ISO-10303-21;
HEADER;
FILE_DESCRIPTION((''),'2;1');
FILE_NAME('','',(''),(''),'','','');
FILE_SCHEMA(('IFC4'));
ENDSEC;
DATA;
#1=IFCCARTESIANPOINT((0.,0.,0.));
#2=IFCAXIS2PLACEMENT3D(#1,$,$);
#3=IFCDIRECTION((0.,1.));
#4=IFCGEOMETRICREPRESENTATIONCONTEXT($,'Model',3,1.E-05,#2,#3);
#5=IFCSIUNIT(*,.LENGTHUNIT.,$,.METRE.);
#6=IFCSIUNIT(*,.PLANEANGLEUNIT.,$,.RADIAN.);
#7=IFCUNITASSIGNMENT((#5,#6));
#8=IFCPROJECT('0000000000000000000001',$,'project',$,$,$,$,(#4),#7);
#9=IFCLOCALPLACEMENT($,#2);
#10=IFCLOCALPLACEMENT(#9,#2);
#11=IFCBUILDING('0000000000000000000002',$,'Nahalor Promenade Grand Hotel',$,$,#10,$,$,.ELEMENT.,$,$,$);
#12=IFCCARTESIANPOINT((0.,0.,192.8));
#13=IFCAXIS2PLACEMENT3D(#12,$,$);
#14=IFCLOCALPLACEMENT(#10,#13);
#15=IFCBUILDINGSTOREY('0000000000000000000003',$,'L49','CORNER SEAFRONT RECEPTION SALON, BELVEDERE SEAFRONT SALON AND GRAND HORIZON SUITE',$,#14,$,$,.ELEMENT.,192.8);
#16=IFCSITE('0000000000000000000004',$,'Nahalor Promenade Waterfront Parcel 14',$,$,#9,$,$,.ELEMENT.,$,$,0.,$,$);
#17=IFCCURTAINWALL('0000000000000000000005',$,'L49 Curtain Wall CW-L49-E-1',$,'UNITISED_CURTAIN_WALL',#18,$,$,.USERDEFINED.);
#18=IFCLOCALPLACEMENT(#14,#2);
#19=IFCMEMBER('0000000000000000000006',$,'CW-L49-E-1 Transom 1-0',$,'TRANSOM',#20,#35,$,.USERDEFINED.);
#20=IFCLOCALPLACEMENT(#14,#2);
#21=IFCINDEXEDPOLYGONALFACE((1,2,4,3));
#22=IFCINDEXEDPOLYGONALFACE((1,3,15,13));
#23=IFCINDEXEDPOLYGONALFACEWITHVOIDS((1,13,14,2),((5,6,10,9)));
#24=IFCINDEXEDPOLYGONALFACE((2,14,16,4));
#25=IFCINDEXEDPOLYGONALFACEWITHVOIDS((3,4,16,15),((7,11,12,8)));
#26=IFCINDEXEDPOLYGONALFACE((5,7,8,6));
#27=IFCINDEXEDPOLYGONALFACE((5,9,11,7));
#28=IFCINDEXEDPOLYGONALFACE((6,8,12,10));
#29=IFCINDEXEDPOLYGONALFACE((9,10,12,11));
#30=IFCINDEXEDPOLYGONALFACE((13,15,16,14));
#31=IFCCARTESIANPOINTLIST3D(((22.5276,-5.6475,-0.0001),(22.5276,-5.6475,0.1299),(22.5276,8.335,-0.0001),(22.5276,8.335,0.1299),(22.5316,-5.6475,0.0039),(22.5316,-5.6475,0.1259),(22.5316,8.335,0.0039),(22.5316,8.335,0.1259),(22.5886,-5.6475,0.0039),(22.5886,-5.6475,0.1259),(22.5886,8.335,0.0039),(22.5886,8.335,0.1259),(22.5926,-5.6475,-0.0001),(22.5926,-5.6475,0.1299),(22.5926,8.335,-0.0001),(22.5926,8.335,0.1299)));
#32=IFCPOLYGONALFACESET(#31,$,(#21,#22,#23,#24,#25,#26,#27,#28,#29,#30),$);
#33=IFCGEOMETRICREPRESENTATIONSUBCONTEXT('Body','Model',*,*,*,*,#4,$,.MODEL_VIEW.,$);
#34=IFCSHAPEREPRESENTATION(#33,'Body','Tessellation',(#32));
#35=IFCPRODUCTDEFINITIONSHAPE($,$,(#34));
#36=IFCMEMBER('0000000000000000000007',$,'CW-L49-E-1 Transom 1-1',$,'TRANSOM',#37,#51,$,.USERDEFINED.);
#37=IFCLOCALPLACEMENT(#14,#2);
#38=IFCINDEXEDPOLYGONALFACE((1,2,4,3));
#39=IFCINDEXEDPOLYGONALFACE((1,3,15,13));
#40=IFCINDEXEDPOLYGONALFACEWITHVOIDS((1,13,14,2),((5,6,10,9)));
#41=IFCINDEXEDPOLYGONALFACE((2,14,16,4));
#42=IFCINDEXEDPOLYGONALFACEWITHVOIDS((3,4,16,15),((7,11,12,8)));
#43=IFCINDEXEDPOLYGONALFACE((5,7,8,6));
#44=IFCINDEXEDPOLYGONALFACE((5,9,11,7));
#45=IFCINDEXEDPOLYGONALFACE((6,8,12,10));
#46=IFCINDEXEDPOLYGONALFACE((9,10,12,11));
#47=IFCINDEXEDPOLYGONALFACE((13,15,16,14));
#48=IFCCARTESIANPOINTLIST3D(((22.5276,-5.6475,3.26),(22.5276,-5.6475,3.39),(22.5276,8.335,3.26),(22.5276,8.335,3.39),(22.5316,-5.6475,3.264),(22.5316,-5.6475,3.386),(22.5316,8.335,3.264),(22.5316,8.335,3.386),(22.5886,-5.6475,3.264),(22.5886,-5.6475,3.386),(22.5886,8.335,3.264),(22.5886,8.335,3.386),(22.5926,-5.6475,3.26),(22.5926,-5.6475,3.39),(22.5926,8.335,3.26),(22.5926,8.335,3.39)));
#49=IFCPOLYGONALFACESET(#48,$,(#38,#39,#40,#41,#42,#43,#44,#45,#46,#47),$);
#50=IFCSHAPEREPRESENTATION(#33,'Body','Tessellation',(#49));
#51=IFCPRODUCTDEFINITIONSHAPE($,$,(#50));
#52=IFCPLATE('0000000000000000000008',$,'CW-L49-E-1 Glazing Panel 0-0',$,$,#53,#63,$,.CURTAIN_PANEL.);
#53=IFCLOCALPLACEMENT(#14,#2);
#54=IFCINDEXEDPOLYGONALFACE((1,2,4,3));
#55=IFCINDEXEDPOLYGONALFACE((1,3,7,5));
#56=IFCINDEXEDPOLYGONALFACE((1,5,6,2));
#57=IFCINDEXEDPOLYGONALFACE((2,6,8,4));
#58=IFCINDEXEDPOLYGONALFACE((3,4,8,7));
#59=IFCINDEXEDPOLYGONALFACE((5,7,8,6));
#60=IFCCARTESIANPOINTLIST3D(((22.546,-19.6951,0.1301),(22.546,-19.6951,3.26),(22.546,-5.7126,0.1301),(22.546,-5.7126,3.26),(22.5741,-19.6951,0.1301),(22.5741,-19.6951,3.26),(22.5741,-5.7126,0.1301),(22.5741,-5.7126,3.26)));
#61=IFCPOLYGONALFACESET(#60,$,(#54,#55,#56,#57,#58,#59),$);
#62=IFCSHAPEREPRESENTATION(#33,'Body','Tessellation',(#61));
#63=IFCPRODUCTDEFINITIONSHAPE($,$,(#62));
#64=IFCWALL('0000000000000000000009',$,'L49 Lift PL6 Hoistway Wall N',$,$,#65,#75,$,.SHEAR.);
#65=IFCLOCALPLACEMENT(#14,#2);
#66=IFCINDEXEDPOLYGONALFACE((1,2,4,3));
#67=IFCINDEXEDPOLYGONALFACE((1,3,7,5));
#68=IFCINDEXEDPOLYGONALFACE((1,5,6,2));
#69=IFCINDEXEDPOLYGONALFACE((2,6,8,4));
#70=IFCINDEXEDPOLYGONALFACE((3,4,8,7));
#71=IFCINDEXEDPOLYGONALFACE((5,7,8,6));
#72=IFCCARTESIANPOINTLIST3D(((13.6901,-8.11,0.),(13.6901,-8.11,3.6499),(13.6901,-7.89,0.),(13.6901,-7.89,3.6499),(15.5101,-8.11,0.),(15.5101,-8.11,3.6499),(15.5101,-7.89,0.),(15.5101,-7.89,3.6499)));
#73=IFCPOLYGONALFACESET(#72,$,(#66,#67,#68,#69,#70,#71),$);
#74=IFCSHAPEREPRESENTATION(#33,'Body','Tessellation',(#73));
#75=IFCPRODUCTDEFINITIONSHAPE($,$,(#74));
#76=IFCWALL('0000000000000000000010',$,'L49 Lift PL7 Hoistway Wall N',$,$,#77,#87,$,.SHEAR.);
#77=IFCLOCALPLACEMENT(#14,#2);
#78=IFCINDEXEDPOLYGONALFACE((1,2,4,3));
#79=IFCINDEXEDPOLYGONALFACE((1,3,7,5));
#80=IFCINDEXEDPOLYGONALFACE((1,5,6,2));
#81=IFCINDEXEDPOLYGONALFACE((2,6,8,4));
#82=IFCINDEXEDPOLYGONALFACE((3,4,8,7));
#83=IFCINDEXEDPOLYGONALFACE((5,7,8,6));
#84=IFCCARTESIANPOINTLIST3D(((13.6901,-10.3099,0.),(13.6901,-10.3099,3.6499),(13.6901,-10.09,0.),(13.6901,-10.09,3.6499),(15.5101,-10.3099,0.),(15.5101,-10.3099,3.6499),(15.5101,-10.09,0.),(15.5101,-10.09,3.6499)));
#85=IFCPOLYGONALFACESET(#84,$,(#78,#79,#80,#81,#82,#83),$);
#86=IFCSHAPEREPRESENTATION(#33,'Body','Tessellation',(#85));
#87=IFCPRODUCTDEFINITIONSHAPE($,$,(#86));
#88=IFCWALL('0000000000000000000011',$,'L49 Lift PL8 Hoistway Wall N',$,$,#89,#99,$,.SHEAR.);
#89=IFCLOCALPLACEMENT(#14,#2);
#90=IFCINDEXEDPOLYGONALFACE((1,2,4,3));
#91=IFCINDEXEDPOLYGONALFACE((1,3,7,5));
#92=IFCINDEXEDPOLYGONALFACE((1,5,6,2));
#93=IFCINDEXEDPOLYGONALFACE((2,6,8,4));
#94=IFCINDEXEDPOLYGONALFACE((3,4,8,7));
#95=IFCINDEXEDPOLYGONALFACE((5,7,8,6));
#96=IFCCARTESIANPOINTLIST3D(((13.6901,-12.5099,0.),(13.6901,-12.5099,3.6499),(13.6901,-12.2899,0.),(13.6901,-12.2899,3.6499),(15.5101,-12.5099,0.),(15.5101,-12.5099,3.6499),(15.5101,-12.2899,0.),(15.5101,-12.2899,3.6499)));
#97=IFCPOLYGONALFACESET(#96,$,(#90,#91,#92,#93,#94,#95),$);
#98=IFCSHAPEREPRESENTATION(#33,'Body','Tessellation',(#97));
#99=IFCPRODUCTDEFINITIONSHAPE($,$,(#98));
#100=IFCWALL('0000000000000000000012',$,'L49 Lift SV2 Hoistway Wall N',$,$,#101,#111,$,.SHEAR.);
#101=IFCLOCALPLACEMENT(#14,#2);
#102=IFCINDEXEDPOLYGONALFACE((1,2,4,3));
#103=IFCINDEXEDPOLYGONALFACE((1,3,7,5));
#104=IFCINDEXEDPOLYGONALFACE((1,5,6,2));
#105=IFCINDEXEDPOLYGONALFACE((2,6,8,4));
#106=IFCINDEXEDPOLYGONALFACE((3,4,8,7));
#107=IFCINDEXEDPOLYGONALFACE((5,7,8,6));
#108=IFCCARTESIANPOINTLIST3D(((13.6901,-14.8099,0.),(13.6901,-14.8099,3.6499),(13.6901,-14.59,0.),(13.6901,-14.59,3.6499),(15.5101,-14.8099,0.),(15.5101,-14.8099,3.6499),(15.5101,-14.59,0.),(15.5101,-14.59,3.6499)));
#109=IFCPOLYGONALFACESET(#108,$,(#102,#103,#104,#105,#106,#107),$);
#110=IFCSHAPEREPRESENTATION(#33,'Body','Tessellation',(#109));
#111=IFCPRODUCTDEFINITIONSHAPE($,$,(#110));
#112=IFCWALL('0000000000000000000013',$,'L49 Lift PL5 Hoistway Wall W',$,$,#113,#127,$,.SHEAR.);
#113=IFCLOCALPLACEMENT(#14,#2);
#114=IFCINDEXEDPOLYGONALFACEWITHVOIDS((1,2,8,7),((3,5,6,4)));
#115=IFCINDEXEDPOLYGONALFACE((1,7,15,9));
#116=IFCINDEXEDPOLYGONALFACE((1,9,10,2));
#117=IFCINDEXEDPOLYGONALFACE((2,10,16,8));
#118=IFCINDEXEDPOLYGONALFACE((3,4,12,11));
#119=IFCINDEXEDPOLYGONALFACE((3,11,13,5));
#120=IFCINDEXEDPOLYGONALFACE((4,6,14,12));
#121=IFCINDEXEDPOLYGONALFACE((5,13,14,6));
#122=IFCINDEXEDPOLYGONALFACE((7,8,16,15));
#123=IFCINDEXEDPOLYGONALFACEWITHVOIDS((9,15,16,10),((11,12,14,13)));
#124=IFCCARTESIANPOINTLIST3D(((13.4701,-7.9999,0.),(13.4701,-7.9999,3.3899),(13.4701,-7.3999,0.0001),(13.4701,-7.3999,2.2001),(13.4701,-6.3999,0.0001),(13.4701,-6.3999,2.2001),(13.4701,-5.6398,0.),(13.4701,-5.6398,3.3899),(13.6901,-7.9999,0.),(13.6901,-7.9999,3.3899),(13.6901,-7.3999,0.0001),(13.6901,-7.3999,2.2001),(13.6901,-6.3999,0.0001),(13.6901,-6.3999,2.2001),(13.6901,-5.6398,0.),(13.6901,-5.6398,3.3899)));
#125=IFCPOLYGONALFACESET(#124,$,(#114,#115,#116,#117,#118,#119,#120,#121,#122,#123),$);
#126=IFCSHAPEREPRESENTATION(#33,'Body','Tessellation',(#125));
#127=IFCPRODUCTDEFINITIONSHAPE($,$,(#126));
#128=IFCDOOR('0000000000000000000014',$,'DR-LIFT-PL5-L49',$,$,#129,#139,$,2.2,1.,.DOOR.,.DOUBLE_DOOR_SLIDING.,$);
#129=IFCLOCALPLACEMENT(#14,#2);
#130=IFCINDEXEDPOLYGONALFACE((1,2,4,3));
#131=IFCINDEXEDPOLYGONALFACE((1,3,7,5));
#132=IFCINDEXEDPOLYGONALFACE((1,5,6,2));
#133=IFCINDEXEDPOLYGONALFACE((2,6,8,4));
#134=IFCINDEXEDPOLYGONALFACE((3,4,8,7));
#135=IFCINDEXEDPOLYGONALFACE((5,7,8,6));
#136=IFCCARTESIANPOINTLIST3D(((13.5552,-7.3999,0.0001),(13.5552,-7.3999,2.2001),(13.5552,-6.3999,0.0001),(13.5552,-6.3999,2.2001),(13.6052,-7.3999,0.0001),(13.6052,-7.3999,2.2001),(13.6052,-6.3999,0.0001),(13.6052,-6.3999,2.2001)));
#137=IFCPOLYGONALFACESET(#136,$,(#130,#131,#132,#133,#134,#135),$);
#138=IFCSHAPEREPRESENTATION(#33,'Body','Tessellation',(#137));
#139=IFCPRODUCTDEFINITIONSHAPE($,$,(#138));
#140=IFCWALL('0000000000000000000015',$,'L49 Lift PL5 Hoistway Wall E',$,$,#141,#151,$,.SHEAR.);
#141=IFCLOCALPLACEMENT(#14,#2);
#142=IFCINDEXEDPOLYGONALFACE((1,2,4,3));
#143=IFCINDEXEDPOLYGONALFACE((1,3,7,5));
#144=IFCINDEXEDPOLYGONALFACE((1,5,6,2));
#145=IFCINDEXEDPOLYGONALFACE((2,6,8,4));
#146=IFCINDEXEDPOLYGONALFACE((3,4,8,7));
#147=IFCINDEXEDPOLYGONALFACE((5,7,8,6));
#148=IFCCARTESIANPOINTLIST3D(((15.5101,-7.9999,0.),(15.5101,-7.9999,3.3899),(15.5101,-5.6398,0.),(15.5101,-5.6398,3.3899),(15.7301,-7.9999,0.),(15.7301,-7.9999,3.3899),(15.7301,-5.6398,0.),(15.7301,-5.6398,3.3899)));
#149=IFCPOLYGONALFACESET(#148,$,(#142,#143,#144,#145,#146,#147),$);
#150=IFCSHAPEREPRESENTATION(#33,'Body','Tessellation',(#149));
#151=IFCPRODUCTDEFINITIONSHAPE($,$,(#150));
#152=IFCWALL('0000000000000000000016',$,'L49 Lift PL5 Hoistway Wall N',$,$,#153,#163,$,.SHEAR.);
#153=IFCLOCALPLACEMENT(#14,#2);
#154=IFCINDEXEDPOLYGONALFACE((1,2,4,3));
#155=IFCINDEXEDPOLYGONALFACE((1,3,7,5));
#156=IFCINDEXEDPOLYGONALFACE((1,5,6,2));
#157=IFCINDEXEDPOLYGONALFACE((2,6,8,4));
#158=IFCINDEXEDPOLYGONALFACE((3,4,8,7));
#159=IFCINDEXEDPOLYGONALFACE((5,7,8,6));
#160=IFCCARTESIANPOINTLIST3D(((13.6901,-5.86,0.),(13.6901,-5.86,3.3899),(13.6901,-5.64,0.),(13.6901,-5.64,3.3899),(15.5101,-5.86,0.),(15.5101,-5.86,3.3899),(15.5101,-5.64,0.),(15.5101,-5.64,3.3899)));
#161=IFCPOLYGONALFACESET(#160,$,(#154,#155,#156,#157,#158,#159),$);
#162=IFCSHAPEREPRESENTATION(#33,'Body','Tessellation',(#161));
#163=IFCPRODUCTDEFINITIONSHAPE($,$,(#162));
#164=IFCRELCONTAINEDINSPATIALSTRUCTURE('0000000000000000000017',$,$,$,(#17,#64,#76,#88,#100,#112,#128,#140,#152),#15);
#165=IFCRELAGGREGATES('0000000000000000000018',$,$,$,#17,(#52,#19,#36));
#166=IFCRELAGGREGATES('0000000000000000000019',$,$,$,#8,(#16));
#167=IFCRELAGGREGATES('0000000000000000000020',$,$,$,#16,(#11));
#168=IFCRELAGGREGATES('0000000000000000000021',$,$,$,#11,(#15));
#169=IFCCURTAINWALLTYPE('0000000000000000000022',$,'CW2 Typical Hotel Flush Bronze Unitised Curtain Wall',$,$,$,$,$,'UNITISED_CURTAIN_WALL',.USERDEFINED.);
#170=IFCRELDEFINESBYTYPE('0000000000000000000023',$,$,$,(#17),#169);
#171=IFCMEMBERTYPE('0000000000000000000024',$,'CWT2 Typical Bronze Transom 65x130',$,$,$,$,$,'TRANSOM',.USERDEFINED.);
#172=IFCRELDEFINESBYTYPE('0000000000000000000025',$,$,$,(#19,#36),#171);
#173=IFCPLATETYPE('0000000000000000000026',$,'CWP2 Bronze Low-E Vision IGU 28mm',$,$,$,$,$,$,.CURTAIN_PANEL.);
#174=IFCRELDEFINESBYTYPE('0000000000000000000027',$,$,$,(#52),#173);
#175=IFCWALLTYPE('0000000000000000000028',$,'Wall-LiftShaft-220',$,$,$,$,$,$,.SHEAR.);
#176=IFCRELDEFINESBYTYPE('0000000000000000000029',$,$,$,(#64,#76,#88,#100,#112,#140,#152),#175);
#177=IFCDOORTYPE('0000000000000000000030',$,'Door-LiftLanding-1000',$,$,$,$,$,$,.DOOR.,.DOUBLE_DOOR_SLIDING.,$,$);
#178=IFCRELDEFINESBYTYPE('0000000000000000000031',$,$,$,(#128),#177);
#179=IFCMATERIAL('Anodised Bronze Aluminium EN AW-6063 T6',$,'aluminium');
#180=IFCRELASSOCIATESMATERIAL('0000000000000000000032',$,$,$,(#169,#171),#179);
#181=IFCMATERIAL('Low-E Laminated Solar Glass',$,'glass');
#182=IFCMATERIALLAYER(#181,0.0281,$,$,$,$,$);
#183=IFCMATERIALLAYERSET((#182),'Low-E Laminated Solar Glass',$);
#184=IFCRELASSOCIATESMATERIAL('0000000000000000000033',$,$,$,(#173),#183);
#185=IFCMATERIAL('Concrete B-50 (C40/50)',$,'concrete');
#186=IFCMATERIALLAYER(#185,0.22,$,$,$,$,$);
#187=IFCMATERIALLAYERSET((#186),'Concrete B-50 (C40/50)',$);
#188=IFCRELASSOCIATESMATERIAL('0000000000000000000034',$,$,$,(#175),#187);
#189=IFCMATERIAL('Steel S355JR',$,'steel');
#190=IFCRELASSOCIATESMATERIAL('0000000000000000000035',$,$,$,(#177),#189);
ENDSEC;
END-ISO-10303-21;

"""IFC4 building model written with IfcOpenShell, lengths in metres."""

from ifc_helpers import new_model, si_unit, direction, frame, frame_2d, origin, origin_2d, place, context, subcontext, project, spatial, rectangle, hollow_rectangle, extrude, source, transform, mapped, material, layer, layer_set, material_profile, profile_set, type_object, element, fill, aggregate, save


model = new_model("IFC4")

# Units and contexts
model_context = context("Model", 3, precision=1e-05, world=origin(), true_north=direction((0.0, 1.0)))
body_context = subcontext(model_context, "Body", "Model", "MODEL_VIEW")
ifc_project = project(units=[si_unit("LENGTHUNIT", "METRE"), si_unit("PLANEANGLEUNIT", "RADIAN")], contexts=[model_context])

# Site, building, storey
site_placement = place(None, origin())
site = spatial("IfcSite", under=ifc_project, at=site_placement, Name="Nahalor Promenade Waterfront Parcel 14", CompositionType="ELEMENT", RefElevation=0.0)
building_placement = place(site_placement, origin())
building = spatial("IfcBuilding", under=site, at=building_placement, Name="Nahalor Promenade Grand Hotel", CompositionType="ELEMENT")
storey_placement = place(building_placement, frame((0.0, 0.0, 192.8)))
storey = spatial("IfcBuildingStorey", under=building, at=storey_placement, Name="L49", Description="CORNER SEAFRONT RECEPTION SALON, BELVEDERE SEAFRONT SALON AND GRAND HORIZON SUITE", CompositionType="ELEMENT", Elevation=192.8)

# Shared definitions
ifc_material_1 = material(Name="Steel S355JR", Category="steel")

# Curtain wall, members, plate
ifc_material_2 = material(Name="Anodised Bronze Aluminium EN AW-6063 T6", Category="aluminium")
curtain_wall_type = type_object("IfcCurtainWallType", Name="CW2 Typical Hotel Flush Bronze Unitised Curtain Wall", ElementType="UNITISED_CURTAIN_WALL", PredefinedType="USERDEFINED", material=ifc_material_2)
curtain_wall_placement = place(storey_placement, origin())
curtain_wall = element("IfcCurtainWall", 1, at=curtain_wall_placement, inside=storey, type_object=curtain_wall_type, Name="L49 Curtain Wall CW-L49-E-1", ObjectType="UNITISED_CURTAIN_WALL", PredefinedType="USERDEFINED")
ifc_material_profile_1 = material_profile(ifc_material_2, hollow_rectangle(XDim=0.065, YDim=0.13, WallThickness=0.004, at=origin_2d()), Name="CWT 65x130x4")
ifc_profile_set_1 = profile_set([ifc_material_profile_1], Name="Anodised Bronze Aluminium EN AW-6063 T6")
member_type_1 = type_object("IfcMemberType", Name="CWT2 Typical Bronze Transom 65x130", ElementType="TRANSOM", PredefinedType="USERDEFINED", material=ifc_profile_set_1)
shared_shape_1 = source(origin(), body_context, "Body", "SweptSolid", [
    extrude(hollow_rectangle(XDim=0.065, YDim=0.13, WallThickness=0.004, at=origin_2d()), origin(), (0.0, 0.0, 1.0), 13.9824),
])
member_1_placement = place(storey_placement, frame((22.5601, -5.6475, 0.0649), z_axis=(0.0, 1.0, 0.0), x_axis=(-1.0, 0.0, 0.0)))
member_1 = element("IfcMember", 2, at=member_1_placement, type_object=member_type_1, Name="CW-L49-E-1 Transom 1-0", ObjectType="TRANSOM", PredefinedType="USERDEFINED", context=body_context, shape_type="MappedRepresentation", body=[
    mapped(shared_shape_1, transform((0.0, 0.0, 0.0), scale=1.0)),
])
member_2_placement = place(storey_placement, frame((22.5601, -5.6475, 3.325), z_axis=(0.0, 1.0, 0.0), x_axis=(-1.0, 0.0, 0.0)))
member_2 = element("IfcMember", 3, at=member_2_placement, type_object=member_type_1, Name="CW-L49-E-1 Transom 1-1", ObjectType="TRANSOM", PredefinedType="USERDEFINED", context=body_context, shape_type="MappedRepresentation", body=[
    mapped(shared_shape_1, transform((0.0, 0.0, 0.0), scale=1.0)),
])
ifc_material_3 = material(Name="Low-E Laminated Solar Glass", Category="glass")
ifc_layer_1 = layer(ifc_material_3, 0.0281)
ifc_layer_set_1 = layer_set([ifc_layer_1], Name="Low-E Laminated Solar Glass")
plate_type = type_object("IfcPlateType", Name="CWP2 Bronze Low-E Vision IGU 28mm", PredefinedType="CURTAIN_PANEL", material=ifc_layer_set_1)
shared_shape_2 = source(origin(), body_context, "Body", "SweptSolid", [
    extrude(rectangle(XDim=13.9824, YDim=0.0281, at=origin_2d()), origin(), (0.0, 0.0, 1.0), 3.1299),
])
plate_placement = place(storey_placement, frame((22.5601, -12.7039, 0.1301), z_axis=(0.0, 0.0, 1.0), x_axis=(0.0, 1.0, 0.0)))
plate = element("IfcPlate", 4, at=plate_placement, type_object=plate_type, Name="CW-L49-E-1 Glazing Panel 0-0", PredefinedType="CURTAIN_PANEL", context=body_context, shape_type="MappedRepresentation", body=[
    mapped(shared_shape_2, transform((0.0, 0.0, 0.0), scale=1.0)),
])
aggregate(curtain_wall, [plate, member_1, member_2])

# Walls
ifc_material_4 = material(Name="Concrete B-50 (C40/50)", Category="concrete")
ifc_layer_2 = layer(ifc_material_4, 0.22)
ifc_layer_set_2 = layer_set([ifc_layer_2], Name="Concrete B-50 (C40/50)")
wall_type = type_object("IfcWallType", Name="Wall-LiftShaft-220", PredefinedType="SHEAR", material=ifc_layer_set_2)
shared_shape_3 = source(origin(), body_context, "Body", "SweptSolid", [
    extrude(rectangle(XDim=1.8201, YDim=0.22, at=frame_2d((0.9102, 0.0))), origin(), (0.0, 0.0, 1.0), 3.6499),
])
for number, where, z_axis, x_axis, name in (
    (5, (13.6899, -8.0, 0.0), (0.0, 0.0, 1.0), (1.0, 0.0, 0.0), "L49 Lift PL6 Hoistway Wall N"),
    (6, (13.6899, -10.2, 0.0), (0.0, 0.0, 1.0), (1.0, 0.0, 0.0), "L49 Lift PL7 Hoistway Wall N"),
    (7, (13.6899, -12.3999, 0.0), (0.0, 0.0, 1.0), (1.0, 0.0, 0.0), "L49 Lift PL8 Hoistway Wall N"),
    (8, (13.6899, -14.7, 0.0), (0.0, 0.0, 1.0), (1.0, 0.0, 0.0), "L49 Lift SV2 Hoistway Wall N"),
):
    element("IfcWall", number, at=place(storey_placement, frame(where, z_axis=z_axis, x_axis=x_axis)), inside=storey, type_object=wall_type, Name=name, PredefinedType="SHEAR", context=body_context, shape_type="MappedRepresentation", body=[
        mapped(shared_shape_3, transform((0.0, 0.0, 0.0), scale=1.0)),
    ])

# Wall, opening, door
shared_shape_4 = source(origin(), body_context, "Body", "SweptSolid", [
    extrude(rectangle(XDim=2.3601, YDim=0.22, at=frame_2d((1.1802, 0.0))), origin(), (0.0, 0.0, 1.0), 3.3899),
])
wall_1_placement = place(storey_placement, frame((13.5801, -8.0, 0.0), z_axis=(0.0, 0.0, 1.0), x_axis=(0.0, 1.0, 0.0)))
wall_1 = element("IfcWall", 9, at=wall_1_placement, inside=storey, type_object=wall_type, Name="L49 Lift PL5 Hoistway Wall W", PredefinedType="SHEAR", context=body_context, shape_type="MappedRepresentation", body=[
    mapped(shared_shape_4, transform((0.0, 0.0, 0.0), scale=1.0)),
])
opening_1_placement = place(wall_1_placement, frame((0.6001, 0.0, 0.0)))
opening_1 = element("IfcOpeningElement", 10, at=opening_1_placement, cuts=wall_1, PredefinedType="OPENING", context=body_context, shape_type="SweptSolid", body=[
    extrude(rectangle(XDim=1.0, YDim=2.2, at=frame_2d((0.5, 1.1001))), frame((0.0, 0.1199, 0.0), z_axis=(0.0, -1.0, 0.0), x_axis=(1.0, 0.0, 0.0)), (0.0, 0.0, 1.0), 0.24),
])
door_type = type_object("IfcDoorType", Name="Door-LiftLanding-1000", OperationType="DOUBLE_DOOR_SLIDING", PredefinedType="DOOR", material=ifc_material_1)
shared_shape_5 = source(origin(), body_context, "Body", "SweptSolid", [
    extrude(rectangle(XDim=1.0, YDim=2.2, at=frame_2d((0.5, 1.1001))), frame((0.0, 0.0249, 0.0), z_axis=(0.0, -1.0, 0.0), x_axis=(1.0, 0.0, 0.0)), (0.0, 0.0, 1.0), 0.05),
])
door_1_placement = place(opening_1_placement, origin())
door_1 = element("IfcDoor", 11, at=door_1_placement, inside=storey, type_object=door_type, Name="DR-LIFT-PL5-L49", OperationType="DOUBLE_DOOR_SLIDING", OverallHeight=2.2, OverallWidth=1.0, PredefinedType="DOOR", context=body_context, shape_type="MappedRepresentation", body=[
    mapped(shared_shape_5, transform((0.0, 0.0, 0.0), scale=1.0)),
])
fill(opening_1, door_1)

# Walls
wall_2_placement = place(storey_placement, frame((15.6201, -8.0, 0.0), z_axis=(0.0, 0.0, 1.0), x_axis=(0.0, 1.0, 0.0)))
element("IfcWall", 12, at=wall_2_placement, inside=storey, type_object=wall_type, Name="L49 Lift PL5 Hoistway Wall E", PredefinedType="SHEAR", context=body_context, shape_type="MappedRepresentation", body=[
    mapped(shared_shape_4, transform((0.0, 0.0, 0.0), scale=1.0)),
])
shared_shape_6 = source(origin(), body_context, "Body", "SweptSolid", [
    extrude(rectangle(XDim=1.8201, YDim=0.22, at=frame_2d((0.9102, 0.0))), origin(), (0.0, 0.0, 1.0), 3.3899),
])
wall_3_placement = place(storey_placement, frame((13.6899, -5.75, 0.0), z_axis=(0.0, 0.0, 1.0), x_axis=(1.0, 0.0, 0.0)))
element("IfcWall", 13, at=wall_3_placement, inside=storey, type_object=wall_type, Name="L49 Lift PL5 Hoistway Wall N", PredefinedType="SHEAR", context=body_context, shape_type="MappedRepresentation", body=[
    mapped(shared_shape_6, transform((0.0, 0.0, 0.0), scale=1.0)),
])

save(model, "model.ifc")
